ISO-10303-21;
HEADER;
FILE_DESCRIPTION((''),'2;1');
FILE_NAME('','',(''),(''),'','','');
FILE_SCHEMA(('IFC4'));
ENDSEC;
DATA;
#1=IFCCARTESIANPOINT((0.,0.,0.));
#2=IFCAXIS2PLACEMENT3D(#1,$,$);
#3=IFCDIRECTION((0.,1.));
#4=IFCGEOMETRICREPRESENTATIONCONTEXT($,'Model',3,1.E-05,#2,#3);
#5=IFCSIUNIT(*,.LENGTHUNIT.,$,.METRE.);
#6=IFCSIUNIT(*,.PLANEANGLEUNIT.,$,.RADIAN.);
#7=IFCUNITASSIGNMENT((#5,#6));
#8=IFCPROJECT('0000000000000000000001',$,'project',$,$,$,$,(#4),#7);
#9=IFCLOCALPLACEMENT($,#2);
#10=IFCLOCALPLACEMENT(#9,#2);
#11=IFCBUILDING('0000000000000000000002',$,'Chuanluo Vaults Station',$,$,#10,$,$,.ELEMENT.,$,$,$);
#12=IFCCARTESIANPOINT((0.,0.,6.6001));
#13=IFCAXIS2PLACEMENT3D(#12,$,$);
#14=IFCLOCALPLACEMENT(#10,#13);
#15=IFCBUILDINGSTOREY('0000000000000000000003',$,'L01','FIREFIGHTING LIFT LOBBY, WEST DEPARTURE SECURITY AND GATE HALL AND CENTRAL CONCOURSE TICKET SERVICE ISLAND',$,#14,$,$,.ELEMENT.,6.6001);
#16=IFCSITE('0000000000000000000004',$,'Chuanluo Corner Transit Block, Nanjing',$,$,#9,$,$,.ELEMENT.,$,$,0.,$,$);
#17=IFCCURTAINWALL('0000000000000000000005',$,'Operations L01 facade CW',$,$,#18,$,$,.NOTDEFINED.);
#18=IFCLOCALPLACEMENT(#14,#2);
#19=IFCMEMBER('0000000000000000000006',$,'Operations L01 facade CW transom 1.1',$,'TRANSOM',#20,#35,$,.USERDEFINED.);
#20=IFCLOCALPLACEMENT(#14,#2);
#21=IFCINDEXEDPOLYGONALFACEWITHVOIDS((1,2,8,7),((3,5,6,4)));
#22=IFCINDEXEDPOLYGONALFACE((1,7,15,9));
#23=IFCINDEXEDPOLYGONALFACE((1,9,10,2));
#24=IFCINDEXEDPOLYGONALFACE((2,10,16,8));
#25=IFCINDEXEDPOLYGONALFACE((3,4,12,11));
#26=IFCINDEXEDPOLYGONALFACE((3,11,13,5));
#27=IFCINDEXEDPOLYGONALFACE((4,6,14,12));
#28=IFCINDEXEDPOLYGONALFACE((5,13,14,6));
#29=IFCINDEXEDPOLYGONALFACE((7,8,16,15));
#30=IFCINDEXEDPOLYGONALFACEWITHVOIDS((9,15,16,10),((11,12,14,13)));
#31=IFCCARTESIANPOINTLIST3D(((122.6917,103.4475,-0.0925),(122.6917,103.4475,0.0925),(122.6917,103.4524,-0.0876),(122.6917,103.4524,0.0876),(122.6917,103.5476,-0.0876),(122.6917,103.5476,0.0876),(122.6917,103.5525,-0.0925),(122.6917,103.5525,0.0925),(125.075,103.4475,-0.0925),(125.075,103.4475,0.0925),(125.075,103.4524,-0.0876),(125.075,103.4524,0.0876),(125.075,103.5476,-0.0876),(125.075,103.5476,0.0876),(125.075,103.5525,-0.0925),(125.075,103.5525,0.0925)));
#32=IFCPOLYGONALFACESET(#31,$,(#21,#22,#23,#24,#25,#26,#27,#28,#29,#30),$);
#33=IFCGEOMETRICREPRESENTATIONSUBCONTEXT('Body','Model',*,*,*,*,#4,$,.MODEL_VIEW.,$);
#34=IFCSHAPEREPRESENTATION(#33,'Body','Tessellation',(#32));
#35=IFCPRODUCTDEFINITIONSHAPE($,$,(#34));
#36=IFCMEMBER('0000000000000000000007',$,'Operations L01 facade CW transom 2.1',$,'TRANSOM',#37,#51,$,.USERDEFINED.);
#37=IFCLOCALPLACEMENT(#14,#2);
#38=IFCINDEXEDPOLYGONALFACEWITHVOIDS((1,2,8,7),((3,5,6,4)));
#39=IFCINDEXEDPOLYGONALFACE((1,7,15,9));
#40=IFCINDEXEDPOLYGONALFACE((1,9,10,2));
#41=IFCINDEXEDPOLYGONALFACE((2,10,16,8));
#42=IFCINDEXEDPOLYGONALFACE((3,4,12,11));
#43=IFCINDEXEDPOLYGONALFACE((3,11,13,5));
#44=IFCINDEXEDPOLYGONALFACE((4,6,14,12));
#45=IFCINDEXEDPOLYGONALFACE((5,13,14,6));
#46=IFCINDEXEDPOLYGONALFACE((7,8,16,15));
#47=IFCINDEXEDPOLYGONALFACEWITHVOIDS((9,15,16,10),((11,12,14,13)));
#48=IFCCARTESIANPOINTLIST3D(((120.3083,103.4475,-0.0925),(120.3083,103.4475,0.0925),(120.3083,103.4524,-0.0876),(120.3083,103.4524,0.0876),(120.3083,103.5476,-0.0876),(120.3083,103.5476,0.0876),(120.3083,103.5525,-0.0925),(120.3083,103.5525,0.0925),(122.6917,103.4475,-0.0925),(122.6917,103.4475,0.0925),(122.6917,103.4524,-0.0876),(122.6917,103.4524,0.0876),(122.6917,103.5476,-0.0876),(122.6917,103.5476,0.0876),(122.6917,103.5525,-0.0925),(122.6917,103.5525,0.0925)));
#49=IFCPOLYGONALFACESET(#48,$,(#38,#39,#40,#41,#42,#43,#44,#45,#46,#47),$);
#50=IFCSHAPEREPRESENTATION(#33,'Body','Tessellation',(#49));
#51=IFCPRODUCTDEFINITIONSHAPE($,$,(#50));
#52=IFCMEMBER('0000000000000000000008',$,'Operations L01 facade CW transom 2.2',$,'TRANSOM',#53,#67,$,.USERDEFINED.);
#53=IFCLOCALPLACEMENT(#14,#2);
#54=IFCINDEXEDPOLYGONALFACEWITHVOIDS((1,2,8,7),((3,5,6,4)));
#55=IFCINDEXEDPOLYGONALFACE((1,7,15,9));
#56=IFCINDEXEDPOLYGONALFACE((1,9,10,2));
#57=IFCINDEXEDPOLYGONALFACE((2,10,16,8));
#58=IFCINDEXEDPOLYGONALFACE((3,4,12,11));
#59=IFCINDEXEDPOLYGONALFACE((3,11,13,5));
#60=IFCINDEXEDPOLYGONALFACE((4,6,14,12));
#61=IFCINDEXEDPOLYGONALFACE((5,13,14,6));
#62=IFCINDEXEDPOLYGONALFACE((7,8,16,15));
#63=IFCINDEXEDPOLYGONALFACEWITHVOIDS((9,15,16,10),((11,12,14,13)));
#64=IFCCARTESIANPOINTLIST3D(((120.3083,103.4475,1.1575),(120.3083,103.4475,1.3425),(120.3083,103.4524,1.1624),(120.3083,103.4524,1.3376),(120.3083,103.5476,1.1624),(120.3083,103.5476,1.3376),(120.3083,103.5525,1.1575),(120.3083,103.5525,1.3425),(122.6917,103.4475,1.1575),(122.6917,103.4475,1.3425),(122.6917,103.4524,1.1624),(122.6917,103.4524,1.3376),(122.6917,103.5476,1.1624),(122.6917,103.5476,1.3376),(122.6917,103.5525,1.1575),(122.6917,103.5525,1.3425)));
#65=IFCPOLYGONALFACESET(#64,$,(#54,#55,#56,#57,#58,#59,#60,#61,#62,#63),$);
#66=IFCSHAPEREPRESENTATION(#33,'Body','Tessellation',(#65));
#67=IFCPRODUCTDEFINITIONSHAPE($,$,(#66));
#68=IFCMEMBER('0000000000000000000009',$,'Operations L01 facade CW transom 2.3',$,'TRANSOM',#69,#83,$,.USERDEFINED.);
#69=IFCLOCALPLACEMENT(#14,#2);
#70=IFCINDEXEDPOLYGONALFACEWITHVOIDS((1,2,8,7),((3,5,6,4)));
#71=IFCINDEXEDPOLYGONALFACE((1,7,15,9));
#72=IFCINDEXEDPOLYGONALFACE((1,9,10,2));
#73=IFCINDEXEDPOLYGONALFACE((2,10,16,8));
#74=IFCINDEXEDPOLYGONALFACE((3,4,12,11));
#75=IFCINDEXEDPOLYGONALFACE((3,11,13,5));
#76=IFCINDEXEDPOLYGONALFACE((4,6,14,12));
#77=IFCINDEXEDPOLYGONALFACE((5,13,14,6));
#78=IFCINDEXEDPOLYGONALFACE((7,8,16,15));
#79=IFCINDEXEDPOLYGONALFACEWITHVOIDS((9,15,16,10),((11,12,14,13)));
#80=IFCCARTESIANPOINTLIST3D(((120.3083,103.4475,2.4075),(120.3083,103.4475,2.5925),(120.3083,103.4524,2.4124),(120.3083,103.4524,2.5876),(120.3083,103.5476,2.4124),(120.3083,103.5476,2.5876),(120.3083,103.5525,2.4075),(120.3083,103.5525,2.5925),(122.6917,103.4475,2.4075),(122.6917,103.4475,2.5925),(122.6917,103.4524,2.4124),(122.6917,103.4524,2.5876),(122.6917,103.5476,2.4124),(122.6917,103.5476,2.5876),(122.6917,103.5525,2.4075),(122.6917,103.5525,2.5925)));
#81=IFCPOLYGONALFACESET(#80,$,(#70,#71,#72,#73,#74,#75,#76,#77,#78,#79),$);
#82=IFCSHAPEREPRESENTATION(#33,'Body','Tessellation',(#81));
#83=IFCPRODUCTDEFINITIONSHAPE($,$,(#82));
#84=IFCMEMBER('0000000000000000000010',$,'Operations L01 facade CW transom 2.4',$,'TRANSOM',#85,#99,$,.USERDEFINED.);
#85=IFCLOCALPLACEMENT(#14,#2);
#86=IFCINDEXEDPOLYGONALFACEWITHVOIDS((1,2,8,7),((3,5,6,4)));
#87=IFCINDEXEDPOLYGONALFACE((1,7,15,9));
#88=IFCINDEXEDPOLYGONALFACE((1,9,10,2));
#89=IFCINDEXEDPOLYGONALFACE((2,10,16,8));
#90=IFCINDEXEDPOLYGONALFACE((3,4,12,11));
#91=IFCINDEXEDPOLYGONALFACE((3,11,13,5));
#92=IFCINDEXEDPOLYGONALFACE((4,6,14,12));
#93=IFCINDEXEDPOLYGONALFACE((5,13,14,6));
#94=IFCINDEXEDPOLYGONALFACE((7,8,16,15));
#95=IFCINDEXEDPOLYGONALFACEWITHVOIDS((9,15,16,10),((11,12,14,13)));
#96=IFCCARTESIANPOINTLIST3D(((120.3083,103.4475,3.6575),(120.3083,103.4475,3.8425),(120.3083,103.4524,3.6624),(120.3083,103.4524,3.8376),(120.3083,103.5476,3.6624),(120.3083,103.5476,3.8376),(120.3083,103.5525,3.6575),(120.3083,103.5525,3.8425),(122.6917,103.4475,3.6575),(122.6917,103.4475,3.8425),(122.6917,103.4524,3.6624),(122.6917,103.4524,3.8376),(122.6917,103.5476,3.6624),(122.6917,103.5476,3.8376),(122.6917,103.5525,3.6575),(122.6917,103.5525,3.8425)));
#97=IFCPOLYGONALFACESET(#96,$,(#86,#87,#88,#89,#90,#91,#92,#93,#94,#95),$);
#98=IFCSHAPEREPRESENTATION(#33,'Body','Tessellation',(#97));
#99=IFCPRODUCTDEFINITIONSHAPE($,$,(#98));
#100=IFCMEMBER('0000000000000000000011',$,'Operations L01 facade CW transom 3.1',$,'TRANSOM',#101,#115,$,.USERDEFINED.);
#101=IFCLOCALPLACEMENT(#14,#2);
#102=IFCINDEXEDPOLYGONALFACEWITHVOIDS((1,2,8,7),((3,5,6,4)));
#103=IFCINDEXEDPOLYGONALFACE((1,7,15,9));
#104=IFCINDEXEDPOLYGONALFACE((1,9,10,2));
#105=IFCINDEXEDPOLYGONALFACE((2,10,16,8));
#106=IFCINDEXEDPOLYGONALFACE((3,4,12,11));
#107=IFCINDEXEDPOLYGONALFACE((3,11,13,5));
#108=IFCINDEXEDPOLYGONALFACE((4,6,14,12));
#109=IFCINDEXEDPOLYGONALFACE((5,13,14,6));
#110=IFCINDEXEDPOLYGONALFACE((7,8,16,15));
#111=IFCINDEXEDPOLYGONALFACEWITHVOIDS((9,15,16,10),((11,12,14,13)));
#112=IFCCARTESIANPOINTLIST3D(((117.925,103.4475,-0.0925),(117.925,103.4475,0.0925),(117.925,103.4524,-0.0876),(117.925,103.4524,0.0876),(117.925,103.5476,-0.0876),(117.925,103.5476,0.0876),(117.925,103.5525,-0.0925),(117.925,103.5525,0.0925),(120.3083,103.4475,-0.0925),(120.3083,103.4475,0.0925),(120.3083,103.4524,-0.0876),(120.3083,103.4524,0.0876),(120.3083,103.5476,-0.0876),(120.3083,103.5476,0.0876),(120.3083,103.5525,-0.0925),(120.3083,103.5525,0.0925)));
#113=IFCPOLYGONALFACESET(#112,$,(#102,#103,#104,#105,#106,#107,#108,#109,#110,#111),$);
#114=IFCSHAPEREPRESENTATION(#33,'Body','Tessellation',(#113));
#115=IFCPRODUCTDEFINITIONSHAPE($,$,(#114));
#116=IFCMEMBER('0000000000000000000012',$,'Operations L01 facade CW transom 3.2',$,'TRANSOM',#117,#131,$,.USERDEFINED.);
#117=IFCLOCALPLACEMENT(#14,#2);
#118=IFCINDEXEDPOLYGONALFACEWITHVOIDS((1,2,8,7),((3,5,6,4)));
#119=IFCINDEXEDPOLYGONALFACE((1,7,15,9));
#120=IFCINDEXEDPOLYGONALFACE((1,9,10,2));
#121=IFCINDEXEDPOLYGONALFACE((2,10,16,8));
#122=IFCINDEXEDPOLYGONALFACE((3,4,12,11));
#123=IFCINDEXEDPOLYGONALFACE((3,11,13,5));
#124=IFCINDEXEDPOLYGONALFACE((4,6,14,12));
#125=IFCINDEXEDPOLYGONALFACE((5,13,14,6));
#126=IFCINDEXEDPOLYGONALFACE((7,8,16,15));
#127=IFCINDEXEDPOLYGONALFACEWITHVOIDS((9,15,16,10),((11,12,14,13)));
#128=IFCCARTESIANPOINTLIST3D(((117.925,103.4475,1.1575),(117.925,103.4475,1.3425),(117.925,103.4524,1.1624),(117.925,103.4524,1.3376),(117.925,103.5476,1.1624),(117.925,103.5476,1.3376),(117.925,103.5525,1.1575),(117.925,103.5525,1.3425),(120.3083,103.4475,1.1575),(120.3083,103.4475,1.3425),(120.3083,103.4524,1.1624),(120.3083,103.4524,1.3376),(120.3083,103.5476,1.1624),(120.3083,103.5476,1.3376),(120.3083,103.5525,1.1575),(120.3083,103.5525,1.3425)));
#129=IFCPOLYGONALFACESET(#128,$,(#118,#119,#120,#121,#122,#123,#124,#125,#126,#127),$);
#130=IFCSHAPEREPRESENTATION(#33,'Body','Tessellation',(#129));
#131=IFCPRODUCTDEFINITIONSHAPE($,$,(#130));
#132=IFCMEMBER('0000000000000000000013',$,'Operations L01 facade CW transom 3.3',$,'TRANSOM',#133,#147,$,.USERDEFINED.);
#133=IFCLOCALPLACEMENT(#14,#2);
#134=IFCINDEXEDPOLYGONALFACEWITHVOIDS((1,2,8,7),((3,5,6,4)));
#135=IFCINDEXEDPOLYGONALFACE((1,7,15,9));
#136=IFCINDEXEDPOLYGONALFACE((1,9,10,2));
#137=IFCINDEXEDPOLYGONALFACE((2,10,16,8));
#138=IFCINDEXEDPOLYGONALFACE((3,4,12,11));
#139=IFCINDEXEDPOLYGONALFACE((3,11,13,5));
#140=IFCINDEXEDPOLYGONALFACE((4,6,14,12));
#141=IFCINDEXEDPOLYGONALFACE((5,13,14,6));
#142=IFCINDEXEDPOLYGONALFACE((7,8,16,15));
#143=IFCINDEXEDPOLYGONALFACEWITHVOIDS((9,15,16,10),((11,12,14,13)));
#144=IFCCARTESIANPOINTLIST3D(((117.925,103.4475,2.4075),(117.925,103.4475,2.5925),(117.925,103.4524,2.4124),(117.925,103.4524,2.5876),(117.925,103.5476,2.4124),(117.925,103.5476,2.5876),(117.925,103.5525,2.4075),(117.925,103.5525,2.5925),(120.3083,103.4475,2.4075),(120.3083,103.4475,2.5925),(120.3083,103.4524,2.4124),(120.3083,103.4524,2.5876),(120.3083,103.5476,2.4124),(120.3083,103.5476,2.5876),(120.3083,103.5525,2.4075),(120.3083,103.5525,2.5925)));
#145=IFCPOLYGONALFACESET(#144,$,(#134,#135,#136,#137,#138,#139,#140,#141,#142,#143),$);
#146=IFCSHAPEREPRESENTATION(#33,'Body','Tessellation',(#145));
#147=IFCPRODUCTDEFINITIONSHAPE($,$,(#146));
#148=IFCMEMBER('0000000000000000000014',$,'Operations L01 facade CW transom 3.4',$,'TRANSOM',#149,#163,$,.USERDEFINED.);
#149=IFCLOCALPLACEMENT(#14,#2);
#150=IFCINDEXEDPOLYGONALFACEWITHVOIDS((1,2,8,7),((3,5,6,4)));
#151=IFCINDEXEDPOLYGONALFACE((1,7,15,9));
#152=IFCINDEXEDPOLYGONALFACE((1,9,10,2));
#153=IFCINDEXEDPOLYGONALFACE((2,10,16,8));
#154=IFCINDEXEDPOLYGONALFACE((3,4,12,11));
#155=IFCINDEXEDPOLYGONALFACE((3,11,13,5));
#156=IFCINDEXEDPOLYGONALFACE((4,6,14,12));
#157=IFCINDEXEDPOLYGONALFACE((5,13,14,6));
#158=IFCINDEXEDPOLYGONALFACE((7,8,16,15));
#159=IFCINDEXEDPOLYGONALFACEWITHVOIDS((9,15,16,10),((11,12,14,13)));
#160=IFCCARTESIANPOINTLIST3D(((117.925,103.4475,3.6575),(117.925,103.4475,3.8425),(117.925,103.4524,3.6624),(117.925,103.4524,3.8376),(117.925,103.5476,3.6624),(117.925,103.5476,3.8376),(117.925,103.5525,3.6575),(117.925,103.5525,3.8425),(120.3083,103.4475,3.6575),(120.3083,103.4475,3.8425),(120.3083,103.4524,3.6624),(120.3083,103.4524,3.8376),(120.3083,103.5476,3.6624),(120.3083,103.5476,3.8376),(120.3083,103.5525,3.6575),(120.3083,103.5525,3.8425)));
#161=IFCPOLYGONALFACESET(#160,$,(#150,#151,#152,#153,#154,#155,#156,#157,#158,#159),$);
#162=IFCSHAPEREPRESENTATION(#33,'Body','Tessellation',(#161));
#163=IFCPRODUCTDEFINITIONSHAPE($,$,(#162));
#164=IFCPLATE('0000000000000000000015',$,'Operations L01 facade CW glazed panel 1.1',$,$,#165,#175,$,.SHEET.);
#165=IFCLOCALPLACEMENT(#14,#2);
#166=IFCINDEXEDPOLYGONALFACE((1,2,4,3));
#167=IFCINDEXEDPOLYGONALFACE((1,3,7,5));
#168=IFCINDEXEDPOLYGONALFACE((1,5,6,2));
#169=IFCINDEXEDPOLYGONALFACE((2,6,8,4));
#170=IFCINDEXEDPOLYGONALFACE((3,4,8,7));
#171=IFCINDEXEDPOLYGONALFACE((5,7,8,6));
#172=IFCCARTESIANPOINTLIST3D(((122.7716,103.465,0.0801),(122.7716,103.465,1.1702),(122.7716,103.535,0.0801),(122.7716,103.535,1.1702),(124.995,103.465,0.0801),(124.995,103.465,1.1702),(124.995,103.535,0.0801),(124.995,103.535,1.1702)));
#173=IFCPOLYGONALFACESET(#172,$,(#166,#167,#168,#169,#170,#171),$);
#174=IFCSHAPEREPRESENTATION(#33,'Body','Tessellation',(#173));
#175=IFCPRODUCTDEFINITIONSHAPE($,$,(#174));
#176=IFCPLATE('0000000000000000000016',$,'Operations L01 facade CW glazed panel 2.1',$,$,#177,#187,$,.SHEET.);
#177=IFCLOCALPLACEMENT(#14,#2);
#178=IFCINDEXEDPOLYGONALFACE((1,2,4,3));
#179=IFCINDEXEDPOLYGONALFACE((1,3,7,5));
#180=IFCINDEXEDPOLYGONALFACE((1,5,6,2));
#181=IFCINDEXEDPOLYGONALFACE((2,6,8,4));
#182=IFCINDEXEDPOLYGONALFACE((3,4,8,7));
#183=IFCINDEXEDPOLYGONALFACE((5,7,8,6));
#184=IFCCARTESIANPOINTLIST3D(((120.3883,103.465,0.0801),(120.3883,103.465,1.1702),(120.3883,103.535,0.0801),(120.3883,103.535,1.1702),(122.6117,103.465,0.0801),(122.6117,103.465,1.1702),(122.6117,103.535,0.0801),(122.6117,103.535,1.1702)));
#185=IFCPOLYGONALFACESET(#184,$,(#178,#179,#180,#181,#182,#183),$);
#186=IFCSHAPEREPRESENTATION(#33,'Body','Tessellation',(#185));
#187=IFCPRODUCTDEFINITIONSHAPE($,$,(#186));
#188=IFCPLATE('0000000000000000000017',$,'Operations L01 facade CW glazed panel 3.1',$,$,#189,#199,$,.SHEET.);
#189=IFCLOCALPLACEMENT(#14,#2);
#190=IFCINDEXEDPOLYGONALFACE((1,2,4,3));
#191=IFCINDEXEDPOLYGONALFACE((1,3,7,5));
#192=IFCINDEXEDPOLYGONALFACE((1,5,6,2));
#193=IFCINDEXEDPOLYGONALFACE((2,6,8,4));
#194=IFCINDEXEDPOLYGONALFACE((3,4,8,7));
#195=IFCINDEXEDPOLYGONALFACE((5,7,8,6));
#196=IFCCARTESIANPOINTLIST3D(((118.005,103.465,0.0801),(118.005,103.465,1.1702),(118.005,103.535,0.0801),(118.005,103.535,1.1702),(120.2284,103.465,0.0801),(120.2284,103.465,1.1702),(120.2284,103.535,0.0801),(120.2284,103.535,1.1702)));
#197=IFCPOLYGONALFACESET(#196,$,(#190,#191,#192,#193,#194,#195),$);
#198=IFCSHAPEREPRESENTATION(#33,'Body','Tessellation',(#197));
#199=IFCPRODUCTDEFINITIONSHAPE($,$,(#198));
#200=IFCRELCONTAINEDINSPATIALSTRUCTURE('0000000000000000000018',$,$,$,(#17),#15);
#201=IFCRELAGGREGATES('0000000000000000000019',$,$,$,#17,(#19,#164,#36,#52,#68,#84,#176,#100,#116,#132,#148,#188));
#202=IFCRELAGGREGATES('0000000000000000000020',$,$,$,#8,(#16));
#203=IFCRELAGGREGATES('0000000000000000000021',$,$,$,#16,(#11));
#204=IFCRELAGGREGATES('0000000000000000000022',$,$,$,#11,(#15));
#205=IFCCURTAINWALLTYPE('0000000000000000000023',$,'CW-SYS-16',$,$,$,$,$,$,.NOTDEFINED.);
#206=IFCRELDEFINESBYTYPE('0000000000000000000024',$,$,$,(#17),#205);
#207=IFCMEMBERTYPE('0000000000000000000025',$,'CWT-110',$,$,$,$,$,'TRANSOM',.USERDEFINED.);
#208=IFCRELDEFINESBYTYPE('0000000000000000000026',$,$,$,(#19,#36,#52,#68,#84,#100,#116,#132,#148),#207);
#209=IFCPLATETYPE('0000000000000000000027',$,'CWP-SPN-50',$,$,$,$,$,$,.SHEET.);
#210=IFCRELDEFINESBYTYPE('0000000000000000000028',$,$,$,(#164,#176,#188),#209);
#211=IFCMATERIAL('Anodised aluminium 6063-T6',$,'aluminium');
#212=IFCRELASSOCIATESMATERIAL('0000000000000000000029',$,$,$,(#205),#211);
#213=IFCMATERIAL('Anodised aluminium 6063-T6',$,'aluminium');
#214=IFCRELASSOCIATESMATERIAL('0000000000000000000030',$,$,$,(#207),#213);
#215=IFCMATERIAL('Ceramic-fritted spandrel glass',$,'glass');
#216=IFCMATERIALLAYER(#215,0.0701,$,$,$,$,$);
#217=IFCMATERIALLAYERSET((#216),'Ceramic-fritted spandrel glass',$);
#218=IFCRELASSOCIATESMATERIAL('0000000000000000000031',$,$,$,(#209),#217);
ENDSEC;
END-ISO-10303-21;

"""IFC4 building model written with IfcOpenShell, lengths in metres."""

from ifc_helpers import new_model, si_unit, direction, frame, origin, origin_2d, place, context, subcontext, project, spatial, rectangle, hollow_rectangle, extrude, material, layer, layer_set, material_profile, profile_set, type_object, element, aggregate, save


model = new_model("IFC4")

# Units and contexts
model_context = context("Model", 3, precision=1e-05, world=origin(), true_north=direction((0.0, 1.0)))
body_context = subcontext(model_context, "Body", "Model", "MODEL_VIEW")
ifc_project = project(units=[si_unit("LENGTHUNIT", "METRE"), si_unit("PLANEANGLEUNIT", "RADIAN")], contexts=[model_context])

# Site, building, storey
site_placement = place(None, origin())
site = spatial("IfcSite", under=ifc_project, at=site_placement, Name="Chuanluo Corner Transit Block, Nanjing", CompositionType="ELEMENT", RefElevation=0.0)
building_placement = place(site_placement, origin())
building = spatial("IfcBuilding", under=site, at=building_placement, Name="Chuanluo Vaults Station", CompositionType="ELEMENT")
storey_placement = place(building_placement, frame((0.0, 0.0, 6.6001)))
storey = spatial("IfcBuildingStorey", under=building, at=storey_placement, Name="L01", Description="FIREFIGHTING LIFT LOBBY, WEST DEPARTURE SECURITY AND GATE HALL AND CENTRAL CONCOURSE TICKET SERVICE ISLAND", CompositionType="ELEMENT", Elevation=6.6001)

# Curtain wall, members, plates
ifc_material_1 = material(Name="Anodised aluminium 6063-T6", Category="aluminium")
curtain_wall_type = type_object("IfcCurtainWallType", Name="CW-SYS-16", PredefinedType="NOTDEFINED", material=ifc_material_1)
curtain_wall_placement = place(storey_placement, origin())
curtain_wall = element("IfcCurtainWall", 1, at=curtain_wall_placement, inside=storey, type_object=curtain_wall_type, Name="Operations L01 facade CW", PredefinedType="NOTDEFINED")
ifc_material_2 = material(Name="Anodised aluminium 6063-T6", Category="aluminium")
ifc_material_profile_1 = material_profile(ifc_material_2, hollow_rectangle(XDim=0.105, YDim=0.1851, WallThickness=0.0049, at=origin_2d()))
ifc_profile_set_1 = profile_set([ifc_material_profile_1], Name="Anodised aluminium 6063-T6")
member_type_1 = type_object("IfcMemberType", Name="CWT-110", ElementType="TRANSOM", PredefinedType="USERDEFINED", material=ifc_profile_set_1)
member_1_placement = place(storey_placement, frame((125.075, 103.5, 0.0), z_axis=(-1.0, 0.0, 0.0), x_axis=(0.0, -1.0, 0.0)))
member_1 = element("IfcMember", 2, at=member_1_placement, type_object=member_type_1, Name="Operations L01 facade CW transom 1.1", ObjectType="TRANSOM", PredefinedType="USERDEFINED", context=body_context, shape_type="SweptSolid", body=[
    extrude(hollow_rectangle(XDim=0.105, YDim=0.1851, WallThickness=0.0049, at=origin_2d()), origin(), (0.0, 0.0, 1.0), 2.3833),
])
member_2_placement = place(storey_placement, frame((122.6917, 103.5, 0.0), z_axis=(-1.0, 0.0, 0.0), x_axis=(0.0, -1.0, 0.0)))
member_2 = element("IfcMember", 3, at=member_2_placement, type_object=member_type_1, Name="Operations L01 facade CW transom 2.1", ObjectType="TRANSOM", PredefinedType="USERDEFINED", context=body_context, shape_type="SweptSolid", body=[
    extrude(hollow_rectangle(XDim=0.105, YDim=0.1851, WallThickness=0.0049, at=origin_2d()), origin(), (0.0, 0.0, 1.0), 2.3833),
])
member_3_placement = place(storey_placement, frame((122.6917, 103.5, 1.25), z_axis=(-1.0, 0.0, 0.0), x_axis=(0.0, -1.0, 0.0)))
member_3 = element("IfcMember", 4, at=member_3_placement, type_object=member_type_1, Name="Operations L01 facade CW transom 2.2", ObjectType="TRANSOM", PredefinedType="USERDEFINED", context=body_context, shape_type="SweptSolid", body=[
    extrude(hollow_rectangle(XDim=0.105, YDim=0.1851, WallThickness=0.0049, at=origin_2d()), origin(), (0.0, 0.0, 1.0), 2.3833),
])
member_4_placement = place(storey_placement, frame((122.6917, 103.5, 2.5), z_axis=(-1.0, 0.0, 0.0), x_axis=(0.0, -1.0, 0.0)))
member_4 = element("IfcMember", 5, at=member_4_placement, type_object=member_type_1, Name="Operations L01 facade CW transom 2.3", ObjectType="TRANSOM", PredefinedType="USERDEFINED", context=body_context, shape_type="SweptSolid", body=[
    extrude(hollow_rectangle(XDim=0.105, YDim=0.1851, WallThickness=0.0049, at=origin_2d()), origin(), (0.0, 0.0, 1.0), 2.3833),
])
member_5_placement = place(storey_placement, frame((122.6917, 103.5, 3.75), z_axis=(-1.0, 0.0, 0.0), x_axis=(0.0, -1.0, 0.0)))
member_5 = element("IfcMember", 6, at=member_5_placement, type_object=member_type_1, Name="Operations L01 facade CW transom 2.4", ObjectType="TRANSOM", PredefinedType="USERDEFINED", context=body_context, shape_type="SweptSolid", body=[
    extrude(hollow_rectangle(XDim=0.105, YDim=0.1851, WallThickness=0.0049, at=origin_2d()), origin(), (0.0, 0.0, 1.0), 2.3833),
])
member_6_placement = place(storey_placement, frame((120.3083, 103.5, 0.0), z_axis=(-1.0, 0.0, 0.0), x_axis=(0.0, -1.0, 0.0)))
member_6 = element("IfcMember", 7, at=member_6_placement, type_object=member_type_1, Name="Operations L01 facade CW transom 3.1", ObjectType="TRANSOM", PredefinedType="USERDEFINED", context=body_context, shape_type="SweptSolid", body=[
    extrude(hollow_rectangle(XDim=0.105, YDim=0.1851, WallThickness=0.0049, at=origin_2d()), origin(), (0.0, 0.0, 1.0), 2.3833),
])
member_7_placement = place(storey_placement, frame((120.3083, 103.5, 1.25), z_axis=(-1.0, 0.0, 0.0), x_axis=(0.0, -1.0, 0.0)))
member_7 = element("IfcMember", 8, at=member_7_placement, type_object=member_type_1, Name="Operations L01 facade CW transom 3.2", ObjectType="TRANSOM", PredefinedType="USERDEFINED", context=body_context, shape_type="SweptSolid", body=[
    extrude(hollow_rectangle(XDim=0.105, YDim=0.1851, WallThickness=0.0049, at=origin_2d()), origin(), (0.0, 0.0, 1.0), 2.3833),
])
member_8_placement = place(storey_placement, frame((120.3083, 103.5, 2.5), z_axis=(-1.0, 0.0, 0.0), x_axis=(0.0, -1.0, 0.0)))
member_8 = element("IfcMember", 9, at=member_8_placement, type_object=member_type_1, Name="Operations L01 facade CW transom 3.3", ObjectType="TRANSOM", PredefinedType="USERDEFINED", context=body_context, shape_type="SweptSolid", body=[
    extrude(hollow_rectangle(XDim=0.105, YDim=0.1851, WallThickness=0.0049, at=origin_2d()), origin(), (0.0, 0.0, 1.0), 2.3833),
])
member_9_placement = place(storey_placement, frame((120.3083, 103.5, 3.75), z_axis=(-1.0, 0.0, 0.0), x_axis=(0.0, -1.0, 0.0)))
member_9 = element("IfcMember", 10, at=member_9_placement, type_object=member_type_1, Name="Operations L01 facade CW transom 3.4", ObjectType="TRANSOM", PredefinedType="USERDEFINED", context=body_context, shape_type="SweptSolid", body=[
    extrude(hollow_rectangle(XDim=0.105, YDim=0.1851, WallThickness=0.0049, at=origin_2d()), origin(), (0.0, 0.0, 1.0), 2.3833),
])
ifc_material_3 = material(Name="Ceramic-fritted spandrel glass", Category="glass")
ifc_layer_1 = layer(ifc_material_3, 0.0701)
ifc_layer_set_1 = layer_set([ifc_layer_1], Name="Ceramic-fritted spandrel glass")
plate_type_1 = type_object("IfcPlateType", Name="CWP-SPN-50", PredefinedType="SHEET", material=ifc_layer_set_1)
plate_1_placement = place(storey_placement, frame((123.8833, 103.5, 0.0801), z_axis=(0.0, 0.0, 1.0), x_axis=(-1.0, 0.0, 0.0)))
plate_1 = element("IfcPlate", 11, at=plate_1_placement, type_object=plate_type_1, Name="Operations L01 facade CW glazed panel 1.1", PredefinedType="SHEET", context=body_context, shape_type="SweptSolid", body=[
    extrude(rectangle(XDim=2.2234, YDim=0.0701, at=origin_2d()), origin(), (0.0, 0.0, 1.0), 1.0901),
])
plate_2_placement = place(storey_placement, frame((121.5, 103.5, 0.0801), z_axis=(0.0, 0.0, 1.0), x_axis=(-1.0, 0.0, 0.0)))
plate_2 = element("IfcPlate", 12, at=plate_2_placement, type_object=plate_type_1, Name="Operations L01 facade CW glazed panel 2.1", PredefinedType="SHEET", context=body_context, shape_type="SweptSolid", body=[
    extrude(rectangle(XDim=2.2234, YDim=0.0701, at=origin_2d()), origin(), (0.0, 0.0, 1.0), 1.0901),
])
plate_3_placement = place(storey_placement, frame((119.1167, 103.5, 0.0801), z_axis=(0.0, 0.0, 1.0), x_axis=(-1.0, 0.0, 0.0)))
plate_3 = element("IfcPlate", 13, at=plate_3_placement, type_object=plate_type_1, Name="Operations L01 facade CW glazed panel 3.1", PredefinedType="SHEET", context=body_context, shape_type="SweptSolid", body=[
    extrude(rectangle(XDim=2.2234, YDim=0.0701, at=origin_2d()), origin(), (0.0, 0.0, 1.0), 1.0901),
])
aggregate(curtain_wall, [member_1, plate_1, member_2, member_3, member_4, member_5, plate_2, member_6, member_7, member_8, member_9, plate_3])

save(model, "model.ifc")
